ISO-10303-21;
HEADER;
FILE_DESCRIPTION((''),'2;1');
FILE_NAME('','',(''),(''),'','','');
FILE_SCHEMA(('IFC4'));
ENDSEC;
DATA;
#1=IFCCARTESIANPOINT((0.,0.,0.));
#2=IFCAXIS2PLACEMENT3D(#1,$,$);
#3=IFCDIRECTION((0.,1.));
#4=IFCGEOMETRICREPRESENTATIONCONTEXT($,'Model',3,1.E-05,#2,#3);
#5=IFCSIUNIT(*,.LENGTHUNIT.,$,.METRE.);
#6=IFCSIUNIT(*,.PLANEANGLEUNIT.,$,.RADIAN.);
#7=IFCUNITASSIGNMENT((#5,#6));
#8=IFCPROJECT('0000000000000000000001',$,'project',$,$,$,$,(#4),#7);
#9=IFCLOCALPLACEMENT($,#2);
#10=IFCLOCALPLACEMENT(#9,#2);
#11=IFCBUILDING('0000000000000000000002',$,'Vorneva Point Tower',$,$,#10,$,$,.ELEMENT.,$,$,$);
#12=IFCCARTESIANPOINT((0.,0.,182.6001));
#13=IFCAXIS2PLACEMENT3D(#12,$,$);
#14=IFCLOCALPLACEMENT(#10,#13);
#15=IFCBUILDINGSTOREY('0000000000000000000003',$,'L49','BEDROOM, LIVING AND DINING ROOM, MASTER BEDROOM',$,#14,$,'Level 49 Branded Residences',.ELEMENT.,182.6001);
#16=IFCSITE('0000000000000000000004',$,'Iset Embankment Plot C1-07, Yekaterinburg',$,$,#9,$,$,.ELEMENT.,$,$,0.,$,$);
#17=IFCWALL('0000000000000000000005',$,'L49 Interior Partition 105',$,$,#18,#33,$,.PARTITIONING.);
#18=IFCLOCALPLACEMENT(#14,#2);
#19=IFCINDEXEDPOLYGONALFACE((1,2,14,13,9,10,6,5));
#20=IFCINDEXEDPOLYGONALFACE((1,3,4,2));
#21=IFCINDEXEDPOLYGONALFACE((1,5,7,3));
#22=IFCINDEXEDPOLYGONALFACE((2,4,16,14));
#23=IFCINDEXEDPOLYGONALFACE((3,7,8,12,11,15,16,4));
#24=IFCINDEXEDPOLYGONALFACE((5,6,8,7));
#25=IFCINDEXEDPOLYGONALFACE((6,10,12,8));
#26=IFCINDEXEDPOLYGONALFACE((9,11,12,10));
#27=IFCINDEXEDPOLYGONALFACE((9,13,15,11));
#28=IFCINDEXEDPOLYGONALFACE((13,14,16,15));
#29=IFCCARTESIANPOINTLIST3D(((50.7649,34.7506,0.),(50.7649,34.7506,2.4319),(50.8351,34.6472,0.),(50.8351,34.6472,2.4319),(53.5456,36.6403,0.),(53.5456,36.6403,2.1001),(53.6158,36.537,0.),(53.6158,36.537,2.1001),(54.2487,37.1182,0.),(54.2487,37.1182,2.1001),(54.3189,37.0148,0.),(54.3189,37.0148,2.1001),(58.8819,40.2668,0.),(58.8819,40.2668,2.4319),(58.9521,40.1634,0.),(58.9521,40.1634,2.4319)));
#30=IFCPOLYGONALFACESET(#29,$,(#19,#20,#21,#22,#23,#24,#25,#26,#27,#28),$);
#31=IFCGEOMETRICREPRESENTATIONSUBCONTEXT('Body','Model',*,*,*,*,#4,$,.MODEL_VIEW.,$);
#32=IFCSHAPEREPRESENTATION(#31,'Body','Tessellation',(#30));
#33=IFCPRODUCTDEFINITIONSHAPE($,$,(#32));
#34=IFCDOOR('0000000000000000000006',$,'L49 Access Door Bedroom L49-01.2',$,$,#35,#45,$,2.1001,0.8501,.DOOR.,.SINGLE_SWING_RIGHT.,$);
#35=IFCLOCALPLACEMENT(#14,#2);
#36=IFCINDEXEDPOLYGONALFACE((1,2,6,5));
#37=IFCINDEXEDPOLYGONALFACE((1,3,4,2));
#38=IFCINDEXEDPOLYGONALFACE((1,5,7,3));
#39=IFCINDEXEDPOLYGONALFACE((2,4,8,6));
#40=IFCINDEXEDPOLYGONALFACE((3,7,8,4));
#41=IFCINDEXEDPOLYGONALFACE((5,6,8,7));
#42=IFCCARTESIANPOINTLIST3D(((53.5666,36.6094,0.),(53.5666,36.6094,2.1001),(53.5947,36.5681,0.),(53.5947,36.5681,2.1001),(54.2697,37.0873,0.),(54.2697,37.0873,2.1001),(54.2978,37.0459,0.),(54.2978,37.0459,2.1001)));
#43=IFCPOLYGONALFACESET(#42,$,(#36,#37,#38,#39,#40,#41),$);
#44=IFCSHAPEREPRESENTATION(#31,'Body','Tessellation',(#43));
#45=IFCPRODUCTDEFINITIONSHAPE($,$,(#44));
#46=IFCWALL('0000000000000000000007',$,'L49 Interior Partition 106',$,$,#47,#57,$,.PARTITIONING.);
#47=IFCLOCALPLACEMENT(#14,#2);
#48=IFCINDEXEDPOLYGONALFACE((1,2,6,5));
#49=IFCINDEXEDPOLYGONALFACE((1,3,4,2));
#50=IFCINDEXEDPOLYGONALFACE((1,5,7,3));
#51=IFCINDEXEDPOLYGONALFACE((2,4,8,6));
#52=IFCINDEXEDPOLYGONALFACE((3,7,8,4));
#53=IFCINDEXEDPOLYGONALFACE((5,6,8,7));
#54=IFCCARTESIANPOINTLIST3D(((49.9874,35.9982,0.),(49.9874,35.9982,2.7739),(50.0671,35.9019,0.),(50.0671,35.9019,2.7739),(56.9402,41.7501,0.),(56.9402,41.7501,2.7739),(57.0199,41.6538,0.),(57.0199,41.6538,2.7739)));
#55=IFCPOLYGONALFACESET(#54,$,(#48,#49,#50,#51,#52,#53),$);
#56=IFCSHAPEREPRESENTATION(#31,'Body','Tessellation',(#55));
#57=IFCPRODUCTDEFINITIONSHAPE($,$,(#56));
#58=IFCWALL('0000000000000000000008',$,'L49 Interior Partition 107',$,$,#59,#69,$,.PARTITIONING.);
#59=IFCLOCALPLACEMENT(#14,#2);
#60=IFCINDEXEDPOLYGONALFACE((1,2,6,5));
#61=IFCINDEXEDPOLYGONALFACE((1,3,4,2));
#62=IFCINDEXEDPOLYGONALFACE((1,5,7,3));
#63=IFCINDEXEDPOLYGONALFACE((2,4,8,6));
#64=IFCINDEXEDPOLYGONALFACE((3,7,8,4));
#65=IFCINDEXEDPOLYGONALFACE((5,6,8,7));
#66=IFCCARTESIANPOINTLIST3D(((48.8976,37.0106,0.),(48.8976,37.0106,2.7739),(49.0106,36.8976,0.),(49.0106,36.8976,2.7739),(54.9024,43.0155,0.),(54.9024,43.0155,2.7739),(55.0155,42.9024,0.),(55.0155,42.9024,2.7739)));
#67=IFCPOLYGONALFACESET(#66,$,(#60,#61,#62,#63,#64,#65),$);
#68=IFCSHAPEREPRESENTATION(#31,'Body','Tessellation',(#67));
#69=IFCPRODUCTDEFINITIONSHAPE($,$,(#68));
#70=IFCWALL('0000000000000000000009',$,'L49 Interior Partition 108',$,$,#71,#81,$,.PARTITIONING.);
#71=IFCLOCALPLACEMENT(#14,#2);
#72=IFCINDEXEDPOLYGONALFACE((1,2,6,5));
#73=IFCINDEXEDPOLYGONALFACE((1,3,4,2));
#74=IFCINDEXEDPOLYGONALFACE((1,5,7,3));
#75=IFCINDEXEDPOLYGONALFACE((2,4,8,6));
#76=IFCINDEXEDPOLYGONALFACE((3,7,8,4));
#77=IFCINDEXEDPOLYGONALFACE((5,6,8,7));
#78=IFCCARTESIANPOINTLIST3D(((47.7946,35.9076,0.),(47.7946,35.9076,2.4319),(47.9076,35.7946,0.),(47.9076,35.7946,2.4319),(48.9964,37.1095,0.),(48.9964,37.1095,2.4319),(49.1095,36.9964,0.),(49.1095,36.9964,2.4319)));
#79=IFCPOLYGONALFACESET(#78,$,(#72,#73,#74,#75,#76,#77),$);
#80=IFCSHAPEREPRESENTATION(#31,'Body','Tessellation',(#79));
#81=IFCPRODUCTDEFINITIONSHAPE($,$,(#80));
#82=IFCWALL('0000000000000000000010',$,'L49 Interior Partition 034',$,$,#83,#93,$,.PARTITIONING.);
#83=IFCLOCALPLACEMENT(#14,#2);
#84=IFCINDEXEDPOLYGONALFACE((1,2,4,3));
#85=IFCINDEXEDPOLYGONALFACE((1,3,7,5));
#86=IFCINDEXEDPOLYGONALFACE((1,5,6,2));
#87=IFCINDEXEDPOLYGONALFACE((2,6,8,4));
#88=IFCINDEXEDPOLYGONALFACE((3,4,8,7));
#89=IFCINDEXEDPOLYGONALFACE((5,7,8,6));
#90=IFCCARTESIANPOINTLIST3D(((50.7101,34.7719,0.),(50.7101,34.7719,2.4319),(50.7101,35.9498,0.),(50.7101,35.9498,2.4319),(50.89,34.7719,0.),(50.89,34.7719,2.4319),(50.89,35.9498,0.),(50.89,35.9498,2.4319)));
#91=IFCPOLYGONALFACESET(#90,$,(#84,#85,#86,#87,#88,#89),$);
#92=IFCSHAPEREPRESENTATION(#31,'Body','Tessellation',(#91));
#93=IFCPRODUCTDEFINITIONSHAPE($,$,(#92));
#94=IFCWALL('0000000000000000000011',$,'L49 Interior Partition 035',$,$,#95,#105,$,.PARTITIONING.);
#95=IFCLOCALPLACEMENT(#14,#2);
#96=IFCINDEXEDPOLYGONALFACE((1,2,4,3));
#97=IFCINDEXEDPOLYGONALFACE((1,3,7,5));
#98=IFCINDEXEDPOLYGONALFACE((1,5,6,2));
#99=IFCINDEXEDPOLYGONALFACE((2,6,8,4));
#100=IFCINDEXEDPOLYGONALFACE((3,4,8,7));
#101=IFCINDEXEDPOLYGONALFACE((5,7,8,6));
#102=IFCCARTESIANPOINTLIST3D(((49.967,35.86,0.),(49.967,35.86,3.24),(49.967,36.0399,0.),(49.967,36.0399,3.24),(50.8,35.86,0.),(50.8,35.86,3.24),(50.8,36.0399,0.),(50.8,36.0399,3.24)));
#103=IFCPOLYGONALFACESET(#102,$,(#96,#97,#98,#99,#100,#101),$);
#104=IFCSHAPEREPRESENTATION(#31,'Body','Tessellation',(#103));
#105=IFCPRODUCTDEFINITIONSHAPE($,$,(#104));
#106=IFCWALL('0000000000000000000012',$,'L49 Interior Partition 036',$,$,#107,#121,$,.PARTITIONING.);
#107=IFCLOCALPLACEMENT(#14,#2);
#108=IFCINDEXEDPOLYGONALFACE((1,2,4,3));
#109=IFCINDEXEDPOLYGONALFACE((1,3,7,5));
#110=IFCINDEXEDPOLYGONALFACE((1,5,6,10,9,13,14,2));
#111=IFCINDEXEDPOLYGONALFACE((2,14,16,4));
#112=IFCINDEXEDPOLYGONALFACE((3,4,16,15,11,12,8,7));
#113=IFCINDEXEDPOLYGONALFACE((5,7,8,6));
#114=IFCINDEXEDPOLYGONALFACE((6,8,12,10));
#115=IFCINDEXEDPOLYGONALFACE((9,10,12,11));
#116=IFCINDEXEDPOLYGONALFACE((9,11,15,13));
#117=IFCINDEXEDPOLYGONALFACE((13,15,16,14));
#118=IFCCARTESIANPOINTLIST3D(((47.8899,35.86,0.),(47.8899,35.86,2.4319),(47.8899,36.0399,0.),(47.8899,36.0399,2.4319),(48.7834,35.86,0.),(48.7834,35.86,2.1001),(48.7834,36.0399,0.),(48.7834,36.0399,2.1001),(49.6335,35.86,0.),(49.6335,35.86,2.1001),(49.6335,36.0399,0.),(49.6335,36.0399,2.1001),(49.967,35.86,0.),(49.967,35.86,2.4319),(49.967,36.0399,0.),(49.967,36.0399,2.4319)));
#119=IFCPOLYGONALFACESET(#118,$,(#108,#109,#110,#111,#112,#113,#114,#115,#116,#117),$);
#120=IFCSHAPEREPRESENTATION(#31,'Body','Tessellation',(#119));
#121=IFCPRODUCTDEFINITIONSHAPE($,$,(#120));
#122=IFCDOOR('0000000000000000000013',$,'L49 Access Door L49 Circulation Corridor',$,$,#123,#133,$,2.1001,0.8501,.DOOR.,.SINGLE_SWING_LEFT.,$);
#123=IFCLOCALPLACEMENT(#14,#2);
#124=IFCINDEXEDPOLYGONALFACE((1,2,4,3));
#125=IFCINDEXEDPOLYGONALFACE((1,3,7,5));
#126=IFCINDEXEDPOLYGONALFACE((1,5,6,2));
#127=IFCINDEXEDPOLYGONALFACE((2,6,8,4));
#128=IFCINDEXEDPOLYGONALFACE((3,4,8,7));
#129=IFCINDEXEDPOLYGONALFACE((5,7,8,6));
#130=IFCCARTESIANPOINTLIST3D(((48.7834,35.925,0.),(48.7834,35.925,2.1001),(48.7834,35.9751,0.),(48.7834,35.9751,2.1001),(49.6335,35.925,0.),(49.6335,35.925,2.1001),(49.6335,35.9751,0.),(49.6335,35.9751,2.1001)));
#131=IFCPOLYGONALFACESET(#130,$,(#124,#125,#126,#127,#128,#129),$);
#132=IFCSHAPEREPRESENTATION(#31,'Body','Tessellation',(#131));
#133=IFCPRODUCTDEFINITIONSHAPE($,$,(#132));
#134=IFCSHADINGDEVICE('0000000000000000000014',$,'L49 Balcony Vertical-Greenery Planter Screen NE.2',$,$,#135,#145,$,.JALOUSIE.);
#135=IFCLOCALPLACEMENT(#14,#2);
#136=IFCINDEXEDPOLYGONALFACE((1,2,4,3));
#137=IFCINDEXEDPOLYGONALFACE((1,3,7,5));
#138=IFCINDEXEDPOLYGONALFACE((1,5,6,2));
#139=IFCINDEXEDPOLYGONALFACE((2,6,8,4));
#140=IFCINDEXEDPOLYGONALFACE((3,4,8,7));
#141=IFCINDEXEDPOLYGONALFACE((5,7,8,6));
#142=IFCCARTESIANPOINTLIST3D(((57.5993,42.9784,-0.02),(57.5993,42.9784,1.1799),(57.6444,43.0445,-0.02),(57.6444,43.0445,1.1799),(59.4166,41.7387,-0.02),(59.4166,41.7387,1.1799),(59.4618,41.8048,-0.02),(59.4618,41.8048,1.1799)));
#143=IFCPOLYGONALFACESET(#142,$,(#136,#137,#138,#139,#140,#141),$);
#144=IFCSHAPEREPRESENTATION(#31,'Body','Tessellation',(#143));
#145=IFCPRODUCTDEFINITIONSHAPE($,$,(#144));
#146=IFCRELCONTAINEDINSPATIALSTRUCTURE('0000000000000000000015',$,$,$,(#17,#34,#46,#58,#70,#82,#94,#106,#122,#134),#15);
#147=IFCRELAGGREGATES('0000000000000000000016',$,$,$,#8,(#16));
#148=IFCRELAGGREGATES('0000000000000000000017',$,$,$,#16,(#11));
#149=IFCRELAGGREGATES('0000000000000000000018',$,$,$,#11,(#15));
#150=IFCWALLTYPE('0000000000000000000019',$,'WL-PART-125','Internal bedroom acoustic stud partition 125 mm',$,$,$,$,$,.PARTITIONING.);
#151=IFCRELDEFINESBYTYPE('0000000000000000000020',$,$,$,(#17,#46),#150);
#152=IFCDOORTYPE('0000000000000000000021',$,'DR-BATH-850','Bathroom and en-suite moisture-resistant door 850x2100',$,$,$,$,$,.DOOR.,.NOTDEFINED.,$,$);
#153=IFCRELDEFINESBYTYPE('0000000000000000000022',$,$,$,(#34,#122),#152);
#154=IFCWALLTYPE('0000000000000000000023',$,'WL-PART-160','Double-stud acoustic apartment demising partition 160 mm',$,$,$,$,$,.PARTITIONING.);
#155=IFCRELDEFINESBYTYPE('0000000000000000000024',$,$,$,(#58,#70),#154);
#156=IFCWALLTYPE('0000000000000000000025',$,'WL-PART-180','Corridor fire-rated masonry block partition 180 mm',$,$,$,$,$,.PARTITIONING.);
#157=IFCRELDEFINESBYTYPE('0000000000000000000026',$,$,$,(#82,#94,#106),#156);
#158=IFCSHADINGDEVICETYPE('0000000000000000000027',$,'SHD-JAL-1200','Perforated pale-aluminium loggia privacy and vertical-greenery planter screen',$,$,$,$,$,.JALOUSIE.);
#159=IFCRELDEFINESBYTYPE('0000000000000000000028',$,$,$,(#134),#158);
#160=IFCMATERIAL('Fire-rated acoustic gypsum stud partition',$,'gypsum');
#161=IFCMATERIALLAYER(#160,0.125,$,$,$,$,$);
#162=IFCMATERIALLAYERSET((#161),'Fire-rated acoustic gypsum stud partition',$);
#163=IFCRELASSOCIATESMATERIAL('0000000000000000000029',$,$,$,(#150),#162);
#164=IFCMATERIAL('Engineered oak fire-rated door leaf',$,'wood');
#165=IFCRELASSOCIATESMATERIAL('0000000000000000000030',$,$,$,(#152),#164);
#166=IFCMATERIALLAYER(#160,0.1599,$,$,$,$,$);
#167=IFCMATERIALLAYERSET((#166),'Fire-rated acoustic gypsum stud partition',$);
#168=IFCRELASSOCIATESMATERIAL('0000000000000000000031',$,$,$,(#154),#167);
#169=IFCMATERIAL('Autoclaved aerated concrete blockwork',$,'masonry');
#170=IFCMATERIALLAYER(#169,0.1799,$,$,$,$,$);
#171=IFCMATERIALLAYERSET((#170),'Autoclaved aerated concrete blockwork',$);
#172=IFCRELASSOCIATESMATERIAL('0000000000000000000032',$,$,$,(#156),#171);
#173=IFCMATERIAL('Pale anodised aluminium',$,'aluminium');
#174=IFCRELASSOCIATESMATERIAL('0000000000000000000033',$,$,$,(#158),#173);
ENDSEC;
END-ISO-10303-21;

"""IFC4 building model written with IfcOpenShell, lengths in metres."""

from ifc_helpers import new_model, si_unit, direction, frame, frame_2d, origin, origin_2d, place, context, subcontext, project, spatial, rectangle, extrude, material, layer, layer_set, type_object, element, fill, save


model = new_model("IFC4")

# Units and contexts
model_context = context("Model", 3, precision=1e-05, world=origin(), true_north=direction((0.0, 1.0)))
body_context = subcontext(model_context, "Body", "Model", "MODEL_VIEW")
ifc_project = project(units=[si_unit("LENGTHUNIT", "METRE"), si_unit("PLANEANGLEUNIT", "RADIAN")], contexts=[model_context])

# Site, building, storey
site_placement = place(None, origin())
site = spatial("IfcSite", under=ifc_project, at=site_placement, Name="Iset Embankment Plot C1-07, Yekaterinburg", CompositionType="ELEMENT", RefElevation=0.0)
building_placement = place(site_placement, origin())
building = spatial("IfcBuilding", under=site, at=building_placement, Name="Vorneva Point Tower", CompositionType="ELEMENT")
storey_placement = place(building_placement, frame((0.0, 0.0, 182.6001)))
storey = spatial("IfcBuildingStorey", under=building, at=storey_placement, Name="L49", Description="BEDROOM, LIVING AND DINING ROOM, MASTER BEDROOM", LongName="Level 49 Branded Residences", CompositionType="ELEMENT", Elevation=182.6001)

# Shared definitions
ifc_material_1 = material(Name="Pale anodised aluminium", Category="aluminium")

# Shared definitions
ifc_material_2 = material(Name="Fire-rated acoustic gypsum stud partition", Category="gypsum")

# Shared definitions
ifc_layer_1 = layer(ifc_material_2, 0.125)
ifc_layer_set_1 = layer_set([ifc_layer_1], Name="Fire-rated acoustic gypsum stud partition")
wall_type_1 = type_object("IfcWallType", Name="WL-PART-125", Description="Internal bedroom acoustic stud partition 125 mm", PredefinedType="PARTITIONING", material=ifc_layer_set_1)
ifc_material_3 = material(Name="Engineered oak fire-rated door leaf", Category="wood")

# Wall, opening, door
wall_1_placement = place(storey_placement, frame((58.917, 40.2151, 0.0), z_axis=(0.0, 0.0, 1.0), x_axis=(-0.827088, -0.562073, 0.0)))
wall_1 = element("IfcWall", 1, at=wall_1_placement, inside=storey, type_object=wall_type_1, Name="L49 Interior Partition 105", PredefinedType="PARTITIONING", context=body_context, shape_type="SweptSolid", body=[
    extrude(rectangle(XDim=9.814, YDim=0.125, at=frame_2d((4.907, 0.0))), origin(), (0.0, 0.0, 1.0), 2.4319),
])
opening_1_placement = place(wall_1_placement, frame((5.6018, 0.0, 0.0)))
opening_1 = element("IfcOpeningElement", 2, at=opening_1_placement, cuts=wall_1, PredefinedType="OPENING", context=body_context, shape_type="SweptSolid", body=[
    extrude(rectangle(XDim=0.8501, YDim=2.1001, at=frame_2d((0.425, 1.05))), frame((0.0, 0.0774, 0.0), z_axis=(0.0, -1.0, 0.0), x_axis=(1.0, 0.0, 0.0)), (0.0, 0.0, 1.0), 0.1548),
])
door_type_1 = type_object("IfcDoorType", Name="DR-BATH-850", Description="Bathroom and en-suite moisture-resistant door 850x2100", OperationType="NOTDEFINED", PredefinedType="DOOR", material=ifc_material_3)
door_1_placement = place(opening_1_placement, origin())
door_1 = element("IfcDoor", 3, at=door_1_placement, inside=storey, type_object=door_type_1, Name="L49 Access Door Bedroom L49-01.2", OperationType="SINGLE_SWING_RIGHT", OverallHeight=2.1001, OverallWidth=0.8501, PredefinedType="DOOR", context=body_context, shape_type="SweptSolid", body=[
    extrude(rectangle(XDim=0.8501, YDim=2.1001, at=frame_2d((0.425, 1.05))), frame((0.0, 0.0249, 0.0), z_axis=(0.0, -1.0, 0.0), x_axis=(1.0, 0.0, 0.0)), (0.0, 0.0, 1.0), 0.05),
])
fill(opening_1, door_1)

# Walls
wall_2_placement = place(storey_placement, frame((56.98, 41.7019, 0.0), z_axis=(0.0, 0.0, 1.0), x_axis=(-0.770512, -0.637426, 0.0)))
element("IfcWall", 4, at=wall_2_placement, inside=storey, type_object=wall_type_1, Name="L49 Interior Partition 106", PredefinedType="PARTITIONING", context=body_context, shape_type="SweptSolid", body=[
    extrude(rectangle(XDim=9.0237, YDim=0.125, at=frame_2d((4.5117, 0.0))), origin(), (0.0, 0.0, 1.0), 2.7739),
])
ifc_layer_2 = layer(ifc_material_2, 0.1599)
ifc_layer_set_2 = layer_set([ifc_layer_2], Name="Fire-rated acoustic gypsum stud partition")
wall_type_2 = type_object("IfcWallType", Name="WL-PART-160", Description="Double-stud acoustic apartment demising partition 160 mm", PredefinedType="PARTITIONING", material=ifc_layer_set_2)
wall_3_placement = place(storey_placement, frame((54.959, 42.959, 0.0), z_axis=(0.0, 0.0, 1.0), x_axis=(-0.707107, -0.707107, 0.0)))
element("IfcWall", 5, at=wall_3_placement, inside=storey, type_object=wall_type_2, Name="L49 Interior Partition 107", PredefinedType="PARTITIONING", context=body_context, shape_type="SweptSolid", body=[
    extrude(rectangle(XDim=8.4922, YDim=0.1599, at=frame_2d((4.2461, 0.0))), origin(), (0.0, 0.0, 1.0), 2.7739),
])
wall_4_placement = place(storey_placement, frame((49.053, 37.053, 0.0), z_axis=(0.0, 0.0, 1.0), x_axis=(-0.707107, -0.707107, 0.0)))
element("IfcWall", 6, at=wall_4_placement, inside=storey, type_object=wall_type_2, Name="L49 Interior Partition 108", PredefinedType="PARTITIONING", context=body_context, shape_type="SweptSolid", body=[
    extrude(rectangle(XDim=1.6997, YDim=0.1599, at=frame_2d((0.8499, 0.0))), origin(), (0.0, 0.0, 1.0), 2.4319),
])
ifc_material_4 = material(Name="Autoclaved aerated concrete blockwork", Category="masonry")
ifc_layer_3 = layer(ifc_material_4, 0.1799)
ifc_layer_set_3 = layer_set([ifc_layer_3], Name="Autoclaved aerated concrete blockwork")
wall_type_3 = type_object("IfcWallType", Name="WL-PART-180", Description="Corridor fire-rated masonry block partition 180 mm", PredefinedType="PARTITIONING", material=ifc_layer_set_3)
wall_5_placement = place(storey_placement, frame((50.8, 34.772, 0.0), z_axis=(0.0, 0.0, 1.0), x_axis=(0.0, 1.0, 0.0)))
element("IfcWall", 7, at=wall_5_placement, inside=storey, type_object=wall_type_3, Name="L49 Interior Partition 034", PredefinedType="PARTITIONING", context=body_context, shape_type="SweptSolid", body=[
    extrude(rectangle(XDim=1.178, YDim=0.1799, at=frame_2d((0.5889, 0.0))), origin(), (0.0, 0.0, 1.0), 2.4319),
])
wall_6_placement = place(storey_placement, frame((50.8, 35.95, 0.0), z_axis=(0.0, 0.0, 1.0), x_axis=(-1.0, 0.0, 0.0)))
element("IfcWall", 8, at=wall_6_placement, inside=storey, type_object=wall_type_3, Name="L49 Interior Partition 035", PredefinedType="PARTITIONING", context=body_context, shape_type="SweptSolid", body=[
    extrude(rectangle(XDim=0.833, YDim=0.1799, at=frame_2d((0.4165, 0.0))), origin(), (0.0, 0.0, 1.0), 3.24),
])

# Wall, opening, door
wall_7_placement = place(storey_placement, frame((49.967, 35.95, 0.0), z_axis=(0.0, 0.0, 1.0), x_axis=(-1.0, 0.0, 0.0)))
wall_7 = element("IfcWall", 9, at=wall_7_placement, inside=storey, type_object=wall_type_3, Name="L49 Interior Partition 036", PredefinedType="PARTITIONING", context=body_context, shape_type="SweptSolid", body=[
    extrude(rectangle(XDim=2.0771, YDim=0.1799, at=frame_2d((1.0386, 0.0))), origin(), (0.0, 0.0, 1.0), 2.4319),
])
opening_2_placement = place(wall_7_placement, frame((0.3335, 0.0, 0.0)))
opening_2 = element("IfcOpeningElement", 10, at=opening_2_placement, cuts=wall_7, PredefinedType="OPENING", context=body_context, shape_type="SweptSolid", body=[
    extrude(rectangle(XDim=0.8501, YDim=2.1001, at=frame_2d((0.425, 1.05))), frame((0.0, 0.105, 0.0), z_axis=(0.0, -1.0, 0.0), x_axis=(1.0, 0.0, 0.0)), (0.0, 0.0, 1.0), 0.2097),
])
door_2_placement = place(opening_2_placement, origin())
door_2 = element("IfcDoor", 11, at=door_2_placement, inside=storey, type_object=door_type_1, Name="L49 Access Door L49 Circulation Corridor", OperationType="SINGLE_SWING_LEFT", OverallHeight=2.1001, OverallWidth=0.8501, PredefinedType="DOOR", context=body_context, shape_type="SweptSolid", body=[
    extrude(rectangle(XDim=0.8501, YDim=2.1001, at=frame_2d((0.425, 1.05))), frame((0.0, 0.0249, 0.0), z_axis=(0.0, -1.0, 0.0), x_axis=(1.0, 0.0, 0.0)), (0.0, 0.0, 1.0), 0.05),
])
fill(opening_2, door_2)

# Shading device
shading_device_type = type_object("IfcShadingDeviceType", Name="SHD-JAL-1200", Description="Perforated pale-aluminium loggia privacy and vertical-greenery planter screen", PredefinedType="JALOUSIE", material=ifc_material_1)
shading_device_placement = place(storey_placement, frame((58.5305, 42.3916, -0.02), z_axis=(0.0, 0.0, 1.0), x_axis=(-0.826098, 0.563526, 0.0)))
element("IfcShadingDevice", 12, at=shading_device_placement, inside=storey, type_object=shading_device_type, Name="L49 Balcony Vertical-Greenery Planter Screen NE.2", PredefinedType="JALOUSIE", context=body_context, shape_type="SweptSolid", body=[
    extrude(rectangle(XDim=2.2, YDim=0.0801, at=origin_2d()), origin(), (0.0, 0.0, 1.0), 1.2),
])

save(model, "model.ifc")
